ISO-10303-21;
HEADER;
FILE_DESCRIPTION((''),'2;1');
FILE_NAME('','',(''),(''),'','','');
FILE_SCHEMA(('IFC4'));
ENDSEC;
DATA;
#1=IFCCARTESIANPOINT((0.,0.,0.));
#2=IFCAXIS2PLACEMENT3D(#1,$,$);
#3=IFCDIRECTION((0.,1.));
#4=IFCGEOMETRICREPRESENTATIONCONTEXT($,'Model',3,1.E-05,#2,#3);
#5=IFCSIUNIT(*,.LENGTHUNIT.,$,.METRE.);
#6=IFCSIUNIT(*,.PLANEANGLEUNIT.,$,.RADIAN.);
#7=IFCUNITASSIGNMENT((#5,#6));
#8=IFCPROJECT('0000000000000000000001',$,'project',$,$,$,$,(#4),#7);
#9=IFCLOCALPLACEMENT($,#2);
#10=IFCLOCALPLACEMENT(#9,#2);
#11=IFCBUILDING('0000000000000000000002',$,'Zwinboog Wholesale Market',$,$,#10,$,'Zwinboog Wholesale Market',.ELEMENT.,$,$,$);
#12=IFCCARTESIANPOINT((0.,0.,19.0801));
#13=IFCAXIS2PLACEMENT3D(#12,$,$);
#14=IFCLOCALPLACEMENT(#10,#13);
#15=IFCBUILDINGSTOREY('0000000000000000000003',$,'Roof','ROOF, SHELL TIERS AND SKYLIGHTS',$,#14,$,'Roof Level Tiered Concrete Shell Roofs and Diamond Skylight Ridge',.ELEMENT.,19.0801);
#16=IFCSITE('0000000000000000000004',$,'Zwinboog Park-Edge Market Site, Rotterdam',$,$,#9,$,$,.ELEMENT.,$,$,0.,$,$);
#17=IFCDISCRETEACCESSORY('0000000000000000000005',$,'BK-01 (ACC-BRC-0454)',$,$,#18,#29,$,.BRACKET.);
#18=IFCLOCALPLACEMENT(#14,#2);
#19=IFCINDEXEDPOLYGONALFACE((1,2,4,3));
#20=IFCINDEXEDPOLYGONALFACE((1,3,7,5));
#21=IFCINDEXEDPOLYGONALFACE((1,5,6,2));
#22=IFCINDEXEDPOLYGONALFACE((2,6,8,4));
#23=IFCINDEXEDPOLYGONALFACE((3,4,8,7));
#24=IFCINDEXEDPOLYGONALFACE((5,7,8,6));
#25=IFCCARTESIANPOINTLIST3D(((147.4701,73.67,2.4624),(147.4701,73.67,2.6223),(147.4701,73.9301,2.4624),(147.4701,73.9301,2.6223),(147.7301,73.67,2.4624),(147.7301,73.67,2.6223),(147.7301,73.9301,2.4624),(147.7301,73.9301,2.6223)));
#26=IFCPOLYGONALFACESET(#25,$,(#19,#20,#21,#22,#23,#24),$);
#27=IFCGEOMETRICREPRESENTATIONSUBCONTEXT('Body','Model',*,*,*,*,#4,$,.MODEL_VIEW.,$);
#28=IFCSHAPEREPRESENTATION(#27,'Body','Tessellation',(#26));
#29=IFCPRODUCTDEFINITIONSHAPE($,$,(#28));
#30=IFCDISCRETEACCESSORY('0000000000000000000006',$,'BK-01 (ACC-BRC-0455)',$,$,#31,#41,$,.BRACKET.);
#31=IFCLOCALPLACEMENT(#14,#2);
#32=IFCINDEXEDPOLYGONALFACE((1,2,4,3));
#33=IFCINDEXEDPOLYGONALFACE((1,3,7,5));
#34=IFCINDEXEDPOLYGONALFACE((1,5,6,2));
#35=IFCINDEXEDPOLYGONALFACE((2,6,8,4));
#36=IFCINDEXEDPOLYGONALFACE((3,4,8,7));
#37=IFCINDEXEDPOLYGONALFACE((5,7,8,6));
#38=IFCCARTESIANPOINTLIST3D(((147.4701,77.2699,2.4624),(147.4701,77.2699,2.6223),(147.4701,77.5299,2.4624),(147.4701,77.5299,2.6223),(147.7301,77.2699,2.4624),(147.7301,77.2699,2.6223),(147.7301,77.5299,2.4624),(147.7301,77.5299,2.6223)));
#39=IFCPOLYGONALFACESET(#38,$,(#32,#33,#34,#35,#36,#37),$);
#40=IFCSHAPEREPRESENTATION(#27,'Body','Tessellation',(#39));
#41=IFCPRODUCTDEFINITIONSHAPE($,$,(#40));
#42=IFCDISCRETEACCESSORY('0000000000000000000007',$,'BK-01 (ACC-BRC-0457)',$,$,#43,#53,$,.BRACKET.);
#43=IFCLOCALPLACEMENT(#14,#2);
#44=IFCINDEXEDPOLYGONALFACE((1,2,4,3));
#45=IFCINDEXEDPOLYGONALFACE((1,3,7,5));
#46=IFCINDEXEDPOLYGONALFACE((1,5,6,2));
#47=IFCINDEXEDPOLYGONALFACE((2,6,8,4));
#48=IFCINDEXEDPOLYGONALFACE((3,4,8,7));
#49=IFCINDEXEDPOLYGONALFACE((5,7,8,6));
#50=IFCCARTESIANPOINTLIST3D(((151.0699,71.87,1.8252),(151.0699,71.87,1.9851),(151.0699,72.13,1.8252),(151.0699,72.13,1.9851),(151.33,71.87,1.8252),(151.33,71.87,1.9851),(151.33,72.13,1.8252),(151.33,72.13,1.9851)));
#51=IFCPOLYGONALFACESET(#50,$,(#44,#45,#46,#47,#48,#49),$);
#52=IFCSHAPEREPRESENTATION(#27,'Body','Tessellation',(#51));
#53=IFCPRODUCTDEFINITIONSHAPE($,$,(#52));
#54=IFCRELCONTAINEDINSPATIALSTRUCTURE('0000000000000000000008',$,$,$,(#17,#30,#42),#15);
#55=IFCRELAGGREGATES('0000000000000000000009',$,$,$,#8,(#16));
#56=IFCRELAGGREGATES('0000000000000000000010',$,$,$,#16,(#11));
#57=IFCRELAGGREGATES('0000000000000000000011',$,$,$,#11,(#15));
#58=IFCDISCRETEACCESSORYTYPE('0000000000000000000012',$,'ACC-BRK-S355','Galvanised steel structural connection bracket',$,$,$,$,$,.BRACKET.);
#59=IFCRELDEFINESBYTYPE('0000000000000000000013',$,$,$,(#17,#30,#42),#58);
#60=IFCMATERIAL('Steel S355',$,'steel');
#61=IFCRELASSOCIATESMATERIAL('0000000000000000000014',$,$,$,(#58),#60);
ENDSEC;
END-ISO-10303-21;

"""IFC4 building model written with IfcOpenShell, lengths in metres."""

from ifc_helpers import new_model, si_unit, direction, frame, origin, origin_2d, place, context, subcontext, project, spatial, rectangle, extrude, material, type_object, element, save


model = new_model("IFC4")

# Units and contexts
model_context = context("Model", 3, precision=1e-05, world=origin(), true_north=direction((0.0, 1.0)))
body_context = subcontext(model_context, "Body", "Model", "MODEL_VIEW")
ifc_project = project(units=[si_unit("LENGTHUNIT", "METRE"), si_unit("PLANEANGLEUNIT", "RADIAN")], contexts=[model_context])

# Site, building, storey
site_placement = place(None, origin())
site = spatial("IfcSite", under=ifc_project, at=site_placement, Name="Zwinboog Park-Edge Market Site, Rotterdam", CompositionType="ELEMENT", RefElevation=0.0)
building_placement = place(site_placement, origin())
building = spatial("IfcBuilding", under=site, at=building_placement, Name="Zwinboog Wholesale Market", LongName="Zwinboog Wholesale Market", CompositionType="ELEMENT")
storey_placement = place(building_placement, frame((0.0, 0.0, 19.0801)))
storey = spatial("IfcBuildingStorey", under=building, at=storey_placement, Name="Roof", Description="ROOF, SHELL TIERS AND SKYLIGHTS", LongName="Roof Level Tiered Concrete Shell Roofs and Diamond Skylight Ridge", CompositionType="ELEMENT", Elevation=19.0801)

# Shared definitions
ifc_material_1 = material(Name="Steel S355", Category="steel")

# Discrete accessories
discrete_accessory_type = type_object("IfcDiscreteAccessoryType", Name="ACC-BRK-S355", Description="Galvanised steel structural connection bracket", PredefinedType="BRACKET", material=ifc_material_1)
for number, where, z_axis, x_axis, name in (
    (1, (147.6001, 73.8, 2.4624), (0.0, 0.0, 1.0), (1.0, 0.0, 0.0), "BK-01 (ACC-BRC-0454)"),
    (2, (147.6001, 77.3999, 2.4624), (0.0, 0.0, 1.0), (1.0, 0.0, 0.0), "BK-01 (ACC-BRC-0455)"),
    (3, (151.2, 72.0, 1.8252), (0.0, 0.0, 1.0), (1.0, 0.0, 0.0), "BK-01 (ACC-BRC-0457)"),
):
    element("IfcDiscreteAccessory", number, at=place(storey_placement, frame(where, z_axis=z_axis, x_axis=x_axis)), inside=storey, type_object=discrete_accessory_type, Name=name, PredefinedType="BRACKET", context=body_context, shape_type="SweptSolid", body=[
        extrude(rectangle(XDim=0.26, YDim=0.26, at=origin_2d()), origin(), (0.0, 0.0, 1.0), 0.1599),
    ])

save(model, "model.ifc")
